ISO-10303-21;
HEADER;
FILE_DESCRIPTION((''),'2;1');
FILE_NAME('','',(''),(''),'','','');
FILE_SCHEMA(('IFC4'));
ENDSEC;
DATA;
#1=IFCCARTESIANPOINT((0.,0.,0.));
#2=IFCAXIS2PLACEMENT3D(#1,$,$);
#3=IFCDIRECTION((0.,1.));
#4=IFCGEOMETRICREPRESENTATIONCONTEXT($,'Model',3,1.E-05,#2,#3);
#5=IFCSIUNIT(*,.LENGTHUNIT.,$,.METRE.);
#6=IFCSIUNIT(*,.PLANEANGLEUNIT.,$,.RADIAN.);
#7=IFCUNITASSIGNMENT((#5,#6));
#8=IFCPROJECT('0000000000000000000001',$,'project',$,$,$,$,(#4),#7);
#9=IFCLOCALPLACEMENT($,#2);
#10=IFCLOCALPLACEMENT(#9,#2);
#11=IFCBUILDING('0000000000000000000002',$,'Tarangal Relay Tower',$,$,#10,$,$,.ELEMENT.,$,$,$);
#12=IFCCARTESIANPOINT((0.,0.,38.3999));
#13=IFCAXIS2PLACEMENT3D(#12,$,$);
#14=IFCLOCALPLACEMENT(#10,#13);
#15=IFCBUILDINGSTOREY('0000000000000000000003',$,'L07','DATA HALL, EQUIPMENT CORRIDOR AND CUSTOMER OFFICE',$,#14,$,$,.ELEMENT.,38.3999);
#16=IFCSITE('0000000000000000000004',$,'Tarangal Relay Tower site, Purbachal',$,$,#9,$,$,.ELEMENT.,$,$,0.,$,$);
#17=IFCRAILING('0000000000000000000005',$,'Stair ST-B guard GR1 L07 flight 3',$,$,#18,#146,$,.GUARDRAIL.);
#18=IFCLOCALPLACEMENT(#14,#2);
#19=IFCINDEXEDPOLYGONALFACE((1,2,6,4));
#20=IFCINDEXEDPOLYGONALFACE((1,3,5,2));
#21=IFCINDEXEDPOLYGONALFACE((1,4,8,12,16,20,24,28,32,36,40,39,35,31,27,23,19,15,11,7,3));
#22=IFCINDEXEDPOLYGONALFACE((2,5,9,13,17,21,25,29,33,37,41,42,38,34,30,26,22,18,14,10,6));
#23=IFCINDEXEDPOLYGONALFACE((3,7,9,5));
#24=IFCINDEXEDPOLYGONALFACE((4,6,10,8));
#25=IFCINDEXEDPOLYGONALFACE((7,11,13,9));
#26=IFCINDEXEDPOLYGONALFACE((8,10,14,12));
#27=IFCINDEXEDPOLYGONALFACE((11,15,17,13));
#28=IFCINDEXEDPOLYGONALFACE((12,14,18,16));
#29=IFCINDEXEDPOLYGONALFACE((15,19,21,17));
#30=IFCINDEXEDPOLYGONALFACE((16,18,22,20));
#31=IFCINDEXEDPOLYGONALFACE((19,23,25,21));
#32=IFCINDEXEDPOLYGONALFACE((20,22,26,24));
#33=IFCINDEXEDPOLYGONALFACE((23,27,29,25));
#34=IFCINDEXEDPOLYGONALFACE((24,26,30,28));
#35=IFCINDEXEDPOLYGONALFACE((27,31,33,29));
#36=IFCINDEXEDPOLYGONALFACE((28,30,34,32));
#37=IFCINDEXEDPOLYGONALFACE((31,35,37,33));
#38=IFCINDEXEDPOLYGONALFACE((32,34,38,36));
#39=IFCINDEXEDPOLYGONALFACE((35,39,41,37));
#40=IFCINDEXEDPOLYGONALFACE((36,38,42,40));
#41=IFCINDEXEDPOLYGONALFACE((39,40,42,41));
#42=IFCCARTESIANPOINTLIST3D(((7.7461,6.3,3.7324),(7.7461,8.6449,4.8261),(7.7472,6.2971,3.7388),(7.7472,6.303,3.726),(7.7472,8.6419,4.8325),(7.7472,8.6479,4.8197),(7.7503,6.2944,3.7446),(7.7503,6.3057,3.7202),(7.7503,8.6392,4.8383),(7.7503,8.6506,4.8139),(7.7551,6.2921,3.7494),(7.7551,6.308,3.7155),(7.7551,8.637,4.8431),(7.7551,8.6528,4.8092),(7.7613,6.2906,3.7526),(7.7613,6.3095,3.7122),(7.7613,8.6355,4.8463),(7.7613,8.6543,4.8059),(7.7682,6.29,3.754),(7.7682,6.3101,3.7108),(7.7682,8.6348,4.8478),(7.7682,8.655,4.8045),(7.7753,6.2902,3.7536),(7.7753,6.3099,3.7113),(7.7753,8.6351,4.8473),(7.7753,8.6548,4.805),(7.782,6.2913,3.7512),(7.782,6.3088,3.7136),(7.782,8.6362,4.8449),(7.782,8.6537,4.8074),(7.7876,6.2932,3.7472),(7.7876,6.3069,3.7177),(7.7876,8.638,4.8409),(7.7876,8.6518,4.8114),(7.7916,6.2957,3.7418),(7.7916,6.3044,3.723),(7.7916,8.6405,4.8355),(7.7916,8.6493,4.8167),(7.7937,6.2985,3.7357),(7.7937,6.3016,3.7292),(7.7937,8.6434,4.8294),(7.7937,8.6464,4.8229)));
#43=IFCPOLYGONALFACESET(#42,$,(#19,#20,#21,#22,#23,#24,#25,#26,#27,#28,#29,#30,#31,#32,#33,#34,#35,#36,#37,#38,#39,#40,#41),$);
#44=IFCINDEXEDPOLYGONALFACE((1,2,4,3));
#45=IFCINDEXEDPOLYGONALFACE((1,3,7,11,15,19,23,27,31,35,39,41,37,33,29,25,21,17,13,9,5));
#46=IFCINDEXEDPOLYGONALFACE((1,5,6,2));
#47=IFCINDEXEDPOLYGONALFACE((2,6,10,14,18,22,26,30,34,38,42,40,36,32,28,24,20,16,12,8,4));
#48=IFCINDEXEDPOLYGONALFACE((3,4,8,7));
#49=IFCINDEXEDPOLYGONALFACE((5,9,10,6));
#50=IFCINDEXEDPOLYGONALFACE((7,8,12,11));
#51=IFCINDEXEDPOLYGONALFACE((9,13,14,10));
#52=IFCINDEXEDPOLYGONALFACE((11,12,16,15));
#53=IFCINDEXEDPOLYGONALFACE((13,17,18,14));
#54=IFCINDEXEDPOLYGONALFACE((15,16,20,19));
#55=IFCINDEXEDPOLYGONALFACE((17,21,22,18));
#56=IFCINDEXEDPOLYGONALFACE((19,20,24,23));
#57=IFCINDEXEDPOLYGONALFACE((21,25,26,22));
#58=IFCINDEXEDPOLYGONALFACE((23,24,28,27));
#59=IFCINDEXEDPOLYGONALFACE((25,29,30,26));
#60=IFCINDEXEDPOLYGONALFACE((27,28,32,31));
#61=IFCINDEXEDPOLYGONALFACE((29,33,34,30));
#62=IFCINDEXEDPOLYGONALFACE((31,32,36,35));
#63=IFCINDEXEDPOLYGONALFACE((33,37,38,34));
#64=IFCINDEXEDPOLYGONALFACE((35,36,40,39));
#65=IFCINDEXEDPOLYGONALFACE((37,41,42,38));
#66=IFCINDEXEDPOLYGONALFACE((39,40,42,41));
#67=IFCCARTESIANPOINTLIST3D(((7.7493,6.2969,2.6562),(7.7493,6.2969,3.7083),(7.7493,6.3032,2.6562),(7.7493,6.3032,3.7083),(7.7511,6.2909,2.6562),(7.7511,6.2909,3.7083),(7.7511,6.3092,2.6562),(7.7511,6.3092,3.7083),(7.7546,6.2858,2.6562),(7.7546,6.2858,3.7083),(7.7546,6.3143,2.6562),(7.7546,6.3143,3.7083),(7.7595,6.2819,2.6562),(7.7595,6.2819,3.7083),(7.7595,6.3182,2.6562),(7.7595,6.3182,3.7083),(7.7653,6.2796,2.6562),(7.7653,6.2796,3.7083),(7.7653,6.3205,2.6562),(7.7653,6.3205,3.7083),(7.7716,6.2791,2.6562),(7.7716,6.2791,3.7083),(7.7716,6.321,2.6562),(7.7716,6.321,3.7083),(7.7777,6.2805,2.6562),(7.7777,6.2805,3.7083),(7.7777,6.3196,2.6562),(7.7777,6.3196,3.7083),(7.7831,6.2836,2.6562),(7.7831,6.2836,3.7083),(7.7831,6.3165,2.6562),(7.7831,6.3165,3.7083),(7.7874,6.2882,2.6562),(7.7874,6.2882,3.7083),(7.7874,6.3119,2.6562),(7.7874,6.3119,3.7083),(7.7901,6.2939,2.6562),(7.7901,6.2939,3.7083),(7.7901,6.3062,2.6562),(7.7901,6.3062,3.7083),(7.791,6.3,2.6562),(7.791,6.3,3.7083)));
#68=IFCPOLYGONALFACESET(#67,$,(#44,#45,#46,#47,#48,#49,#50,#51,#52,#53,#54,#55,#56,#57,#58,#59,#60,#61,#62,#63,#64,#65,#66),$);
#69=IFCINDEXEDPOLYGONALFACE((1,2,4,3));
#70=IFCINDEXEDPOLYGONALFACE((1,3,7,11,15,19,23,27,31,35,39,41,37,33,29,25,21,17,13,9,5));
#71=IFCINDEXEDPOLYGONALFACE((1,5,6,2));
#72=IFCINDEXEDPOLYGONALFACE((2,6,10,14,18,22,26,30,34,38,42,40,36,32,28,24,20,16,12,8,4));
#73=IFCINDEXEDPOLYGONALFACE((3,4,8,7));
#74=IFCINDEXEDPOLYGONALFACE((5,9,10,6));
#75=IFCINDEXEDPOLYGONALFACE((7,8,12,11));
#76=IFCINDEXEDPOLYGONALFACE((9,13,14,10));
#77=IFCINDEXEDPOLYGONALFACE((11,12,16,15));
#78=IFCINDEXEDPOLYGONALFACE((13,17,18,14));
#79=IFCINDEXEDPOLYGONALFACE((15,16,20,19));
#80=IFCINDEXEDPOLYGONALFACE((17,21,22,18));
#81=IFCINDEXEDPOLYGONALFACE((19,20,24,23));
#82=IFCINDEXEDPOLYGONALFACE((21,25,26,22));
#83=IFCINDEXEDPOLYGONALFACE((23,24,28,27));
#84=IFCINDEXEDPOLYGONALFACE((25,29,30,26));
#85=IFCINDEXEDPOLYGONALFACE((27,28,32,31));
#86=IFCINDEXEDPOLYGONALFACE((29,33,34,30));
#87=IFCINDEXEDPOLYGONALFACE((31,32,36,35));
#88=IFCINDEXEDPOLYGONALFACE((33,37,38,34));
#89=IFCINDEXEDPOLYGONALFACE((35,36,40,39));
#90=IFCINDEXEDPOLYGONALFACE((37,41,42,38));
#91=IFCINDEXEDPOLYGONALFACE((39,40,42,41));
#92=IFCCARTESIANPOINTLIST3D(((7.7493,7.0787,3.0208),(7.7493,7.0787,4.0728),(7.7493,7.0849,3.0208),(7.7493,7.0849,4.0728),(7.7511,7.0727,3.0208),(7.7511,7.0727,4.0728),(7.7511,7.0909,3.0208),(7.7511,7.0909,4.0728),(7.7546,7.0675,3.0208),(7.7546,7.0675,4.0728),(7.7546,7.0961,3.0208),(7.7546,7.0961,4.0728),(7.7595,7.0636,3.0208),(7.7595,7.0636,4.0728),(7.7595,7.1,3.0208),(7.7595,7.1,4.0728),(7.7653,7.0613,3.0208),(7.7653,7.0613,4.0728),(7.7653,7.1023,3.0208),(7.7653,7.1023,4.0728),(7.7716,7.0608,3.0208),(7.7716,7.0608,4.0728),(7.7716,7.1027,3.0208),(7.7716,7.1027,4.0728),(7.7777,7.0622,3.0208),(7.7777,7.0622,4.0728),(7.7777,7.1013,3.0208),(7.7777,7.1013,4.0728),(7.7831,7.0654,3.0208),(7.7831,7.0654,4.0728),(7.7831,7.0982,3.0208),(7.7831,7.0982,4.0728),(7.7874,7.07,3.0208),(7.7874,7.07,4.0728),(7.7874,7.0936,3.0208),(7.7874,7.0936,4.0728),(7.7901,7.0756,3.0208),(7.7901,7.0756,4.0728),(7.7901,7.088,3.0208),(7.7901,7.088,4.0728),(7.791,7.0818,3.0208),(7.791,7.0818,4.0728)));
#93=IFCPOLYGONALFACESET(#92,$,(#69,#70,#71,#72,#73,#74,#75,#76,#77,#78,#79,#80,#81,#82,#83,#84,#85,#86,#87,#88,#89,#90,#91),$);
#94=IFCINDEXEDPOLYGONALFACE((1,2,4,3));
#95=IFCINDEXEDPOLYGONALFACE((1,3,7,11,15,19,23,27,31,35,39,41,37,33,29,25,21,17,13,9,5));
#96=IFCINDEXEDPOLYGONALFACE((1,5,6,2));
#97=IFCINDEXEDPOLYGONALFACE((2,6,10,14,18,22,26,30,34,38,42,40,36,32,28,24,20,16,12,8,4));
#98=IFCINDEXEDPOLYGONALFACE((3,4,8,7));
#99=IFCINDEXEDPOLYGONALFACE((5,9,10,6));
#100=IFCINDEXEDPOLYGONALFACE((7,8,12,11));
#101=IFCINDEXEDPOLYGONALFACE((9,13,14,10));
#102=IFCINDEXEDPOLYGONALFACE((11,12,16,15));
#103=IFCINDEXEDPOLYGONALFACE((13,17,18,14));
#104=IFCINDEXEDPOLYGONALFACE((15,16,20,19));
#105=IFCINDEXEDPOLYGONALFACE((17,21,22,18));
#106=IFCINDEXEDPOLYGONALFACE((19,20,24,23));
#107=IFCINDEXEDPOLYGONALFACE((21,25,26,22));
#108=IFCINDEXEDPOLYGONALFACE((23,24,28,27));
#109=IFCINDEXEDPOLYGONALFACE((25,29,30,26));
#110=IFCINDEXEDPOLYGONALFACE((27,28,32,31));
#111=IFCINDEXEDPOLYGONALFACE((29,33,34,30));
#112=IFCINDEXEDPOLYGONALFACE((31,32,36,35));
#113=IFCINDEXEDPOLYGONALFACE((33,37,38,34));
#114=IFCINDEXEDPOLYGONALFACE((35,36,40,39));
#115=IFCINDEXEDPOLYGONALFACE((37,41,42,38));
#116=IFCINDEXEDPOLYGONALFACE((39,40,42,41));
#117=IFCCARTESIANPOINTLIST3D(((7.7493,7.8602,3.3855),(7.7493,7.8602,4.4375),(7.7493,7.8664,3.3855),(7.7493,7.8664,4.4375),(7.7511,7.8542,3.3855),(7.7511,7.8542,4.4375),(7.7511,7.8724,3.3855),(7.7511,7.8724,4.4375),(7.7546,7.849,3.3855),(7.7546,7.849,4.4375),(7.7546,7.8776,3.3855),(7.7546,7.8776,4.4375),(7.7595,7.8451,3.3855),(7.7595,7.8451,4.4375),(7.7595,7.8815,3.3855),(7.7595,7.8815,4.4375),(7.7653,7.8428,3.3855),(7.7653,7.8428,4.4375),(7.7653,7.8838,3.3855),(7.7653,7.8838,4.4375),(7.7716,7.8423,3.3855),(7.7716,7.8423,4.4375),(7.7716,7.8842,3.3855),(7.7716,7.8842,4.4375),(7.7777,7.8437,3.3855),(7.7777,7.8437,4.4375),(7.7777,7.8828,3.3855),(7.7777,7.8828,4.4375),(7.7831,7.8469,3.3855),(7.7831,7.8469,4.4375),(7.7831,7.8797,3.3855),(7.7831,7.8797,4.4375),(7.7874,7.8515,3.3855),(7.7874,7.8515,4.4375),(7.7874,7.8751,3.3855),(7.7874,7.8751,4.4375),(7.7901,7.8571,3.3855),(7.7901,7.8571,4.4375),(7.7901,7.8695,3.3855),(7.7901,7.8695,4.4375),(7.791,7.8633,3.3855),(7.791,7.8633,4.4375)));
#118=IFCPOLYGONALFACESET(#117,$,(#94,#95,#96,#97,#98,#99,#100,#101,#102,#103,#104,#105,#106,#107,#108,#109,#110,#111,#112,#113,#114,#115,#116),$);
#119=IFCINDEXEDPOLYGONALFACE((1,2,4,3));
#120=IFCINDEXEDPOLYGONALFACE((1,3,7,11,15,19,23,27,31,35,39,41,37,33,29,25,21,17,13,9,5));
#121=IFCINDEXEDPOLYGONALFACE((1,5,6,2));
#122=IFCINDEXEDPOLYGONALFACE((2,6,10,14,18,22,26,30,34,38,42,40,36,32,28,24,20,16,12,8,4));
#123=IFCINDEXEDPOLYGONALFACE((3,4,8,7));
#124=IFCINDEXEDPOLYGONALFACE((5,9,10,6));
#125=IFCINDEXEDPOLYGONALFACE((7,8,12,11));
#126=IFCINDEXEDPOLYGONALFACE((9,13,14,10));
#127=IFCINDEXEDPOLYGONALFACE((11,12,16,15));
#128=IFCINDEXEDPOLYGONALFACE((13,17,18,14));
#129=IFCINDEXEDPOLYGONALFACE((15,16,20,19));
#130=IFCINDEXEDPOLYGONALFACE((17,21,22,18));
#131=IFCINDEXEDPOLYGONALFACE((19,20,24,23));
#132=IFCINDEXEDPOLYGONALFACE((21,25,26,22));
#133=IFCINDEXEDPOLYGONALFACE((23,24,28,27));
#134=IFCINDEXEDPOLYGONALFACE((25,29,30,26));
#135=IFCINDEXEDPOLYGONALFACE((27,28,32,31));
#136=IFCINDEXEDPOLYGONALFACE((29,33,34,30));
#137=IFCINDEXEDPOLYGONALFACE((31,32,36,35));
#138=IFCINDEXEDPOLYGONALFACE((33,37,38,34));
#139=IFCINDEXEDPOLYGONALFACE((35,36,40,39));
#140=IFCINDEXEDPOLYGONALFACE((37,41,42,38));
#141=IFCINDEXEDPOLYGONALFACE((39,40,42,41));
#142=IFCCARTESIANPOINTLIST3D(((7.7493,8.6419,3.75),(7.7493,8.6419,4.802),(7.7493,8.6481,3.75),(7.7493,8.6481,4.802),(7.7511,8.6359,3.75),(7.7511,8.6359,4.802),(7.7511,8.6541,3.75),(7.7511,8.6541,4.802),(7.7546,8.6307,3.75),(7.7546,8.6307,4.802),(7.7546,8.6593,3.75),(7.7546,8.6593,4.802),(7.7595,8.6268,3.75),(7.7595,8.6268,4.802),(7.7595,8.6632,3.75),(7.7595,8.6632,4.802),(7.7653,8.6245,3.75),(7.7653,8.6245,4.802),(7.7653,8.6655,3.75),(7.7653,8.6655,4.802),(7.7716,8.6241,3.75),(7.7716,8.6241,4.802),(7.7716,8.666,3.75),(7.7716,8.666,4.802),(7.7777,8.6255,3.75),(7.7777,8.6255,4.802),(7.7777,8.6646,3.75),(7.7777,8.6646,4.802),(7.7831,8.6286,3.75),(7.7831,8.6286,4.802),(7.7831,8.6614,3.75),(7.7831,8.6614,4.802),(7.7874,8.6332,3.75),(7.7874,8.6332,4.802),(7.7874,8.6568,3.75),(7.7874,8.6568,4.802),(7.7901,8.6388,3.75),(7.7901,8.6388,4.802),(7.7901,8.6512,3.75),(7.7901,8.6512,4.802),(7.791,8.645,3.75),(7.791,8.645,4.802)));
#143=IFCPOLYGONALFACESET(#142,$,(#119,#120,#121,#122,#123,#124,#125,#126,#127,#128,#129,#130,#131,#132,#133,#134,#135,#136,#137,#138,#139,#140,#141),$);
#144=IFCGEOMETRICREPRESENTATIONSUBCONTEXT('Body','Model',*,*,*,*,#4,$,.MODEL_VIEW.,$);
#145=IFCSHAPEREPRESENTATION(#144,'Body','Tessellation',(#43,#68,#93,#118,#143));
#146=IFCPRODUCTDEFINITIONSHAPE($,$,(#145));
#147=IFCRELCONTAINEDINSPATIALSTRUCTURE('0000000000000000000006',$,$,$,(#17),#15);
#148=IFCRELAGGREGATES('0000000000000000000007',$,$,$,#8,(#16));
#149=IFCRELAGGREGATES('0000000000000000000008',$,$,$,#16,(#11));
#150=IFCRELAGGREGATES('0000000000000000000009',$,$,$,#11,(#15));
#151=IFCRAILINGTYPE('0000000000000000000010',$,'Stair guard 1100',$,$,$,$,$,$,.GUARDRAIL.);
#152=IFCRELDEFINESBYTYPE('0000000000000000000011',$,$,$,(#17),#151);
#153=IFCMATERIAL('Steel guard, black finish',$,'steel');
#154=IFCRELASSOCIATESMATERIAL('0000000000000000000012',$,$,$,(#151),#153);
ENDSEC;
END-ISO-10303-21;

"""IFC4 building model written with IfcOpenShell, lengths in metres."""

from ifc_helpers import new_model, si_unit, direction, frame, origin, origin_2d, place, context, subcontext, project, spatial, circle, extrude, material, type_object, element, save


model = new_model("IFC4")

# Units and contexts
model_context = context("Model", 3, precision=1e-05, world=origin(), true_north=direction((0.0, 1.0)))
body_context = subcontext(model_context, "Body", "Model", "MODEL_VIEW")
ifc_project = project(units=[si_unit("LENGTHUNIT", "METRE"), si_unit("PLANEANGLEUNIT", "RADIAN")], contexts=[model_context])

# Site, building, storey
site_placement = place(None, origin())
site = spatial("IfcSite", under=ifc_project, at=site_placement, Name="Tarangal Relay Tower site, Purbachal", CompositionType="ELEMENT", RefElevation=0.0)
building_placement = place(site_placement, origin())
building = spatial("IfcBuilding", under=site, at=building_placement, Name="Tarangal Relay Tower", CompositionType="ELEMENT")
storey_placement = place(building_placement, frame((0.0, 0.0, 38.3999)))
storey = spatial("IfcBuildingStorey", under=building, at=storey_placement, Name="L07", Description="DATA HALL, EQUIPMENT CORRIDOR AND CUSTOMER OFFICE", CompositionType="ELEMENT", Elevation=38.3999)

# Railing
ifc_material_1 = material(Name="Steel guard, black finish", Category="steel")
railing_type_1 = type_object("IfcRailingType", Name="Stair guard 1100", PredefinedType="GUARDRAIL", material=ifc_material_1)
railing_1_placement = place(storey_placement, frame((7.77, 6.3, 2.6562)))
element("IfcRailing", 1, at=railing_1_placement, inside=storey, type_object=railing_type_1, Name="Stair ST-B guard GR1 L07 flight 3", PredefinedType="GUARDRAIL", context=body_context, shape_type="SweptSolid", body=[
    extrude(circle(Radius=0.0239, at=origin_2d()), frame((0.0, 0.0, 1.0762), z_axis=(0.0, 0.906267, 0.422705), x_axis=(-1.0, 0.0, 0.0)), (0.0, 0.0, 1.0), 2.5874),
    extrude(circle(Radius=0.021, at=origin_2d()), origin(), (0.0, 0.0, 1.0), 1.052),
    extrude(circle(Radius=0.021, at=origin_2d()), frame((0.0, 0.7817, 0.3645)), (0.0, 0.0, 1.0), 1.052),
    extrude(circle(Radius=0.021, at=origin_2d()), frame((0.0, 1.5632, 0.7292)), (0.0, 0.0, 1.0), 1.052),
    extrude(circle(Radius=0.021, at=origin_2d()), frame((0.0, 2.345, 1.0938)), (0.0, 0.0, 1.0), 1.052),
])

save(model, "model.ifc")
